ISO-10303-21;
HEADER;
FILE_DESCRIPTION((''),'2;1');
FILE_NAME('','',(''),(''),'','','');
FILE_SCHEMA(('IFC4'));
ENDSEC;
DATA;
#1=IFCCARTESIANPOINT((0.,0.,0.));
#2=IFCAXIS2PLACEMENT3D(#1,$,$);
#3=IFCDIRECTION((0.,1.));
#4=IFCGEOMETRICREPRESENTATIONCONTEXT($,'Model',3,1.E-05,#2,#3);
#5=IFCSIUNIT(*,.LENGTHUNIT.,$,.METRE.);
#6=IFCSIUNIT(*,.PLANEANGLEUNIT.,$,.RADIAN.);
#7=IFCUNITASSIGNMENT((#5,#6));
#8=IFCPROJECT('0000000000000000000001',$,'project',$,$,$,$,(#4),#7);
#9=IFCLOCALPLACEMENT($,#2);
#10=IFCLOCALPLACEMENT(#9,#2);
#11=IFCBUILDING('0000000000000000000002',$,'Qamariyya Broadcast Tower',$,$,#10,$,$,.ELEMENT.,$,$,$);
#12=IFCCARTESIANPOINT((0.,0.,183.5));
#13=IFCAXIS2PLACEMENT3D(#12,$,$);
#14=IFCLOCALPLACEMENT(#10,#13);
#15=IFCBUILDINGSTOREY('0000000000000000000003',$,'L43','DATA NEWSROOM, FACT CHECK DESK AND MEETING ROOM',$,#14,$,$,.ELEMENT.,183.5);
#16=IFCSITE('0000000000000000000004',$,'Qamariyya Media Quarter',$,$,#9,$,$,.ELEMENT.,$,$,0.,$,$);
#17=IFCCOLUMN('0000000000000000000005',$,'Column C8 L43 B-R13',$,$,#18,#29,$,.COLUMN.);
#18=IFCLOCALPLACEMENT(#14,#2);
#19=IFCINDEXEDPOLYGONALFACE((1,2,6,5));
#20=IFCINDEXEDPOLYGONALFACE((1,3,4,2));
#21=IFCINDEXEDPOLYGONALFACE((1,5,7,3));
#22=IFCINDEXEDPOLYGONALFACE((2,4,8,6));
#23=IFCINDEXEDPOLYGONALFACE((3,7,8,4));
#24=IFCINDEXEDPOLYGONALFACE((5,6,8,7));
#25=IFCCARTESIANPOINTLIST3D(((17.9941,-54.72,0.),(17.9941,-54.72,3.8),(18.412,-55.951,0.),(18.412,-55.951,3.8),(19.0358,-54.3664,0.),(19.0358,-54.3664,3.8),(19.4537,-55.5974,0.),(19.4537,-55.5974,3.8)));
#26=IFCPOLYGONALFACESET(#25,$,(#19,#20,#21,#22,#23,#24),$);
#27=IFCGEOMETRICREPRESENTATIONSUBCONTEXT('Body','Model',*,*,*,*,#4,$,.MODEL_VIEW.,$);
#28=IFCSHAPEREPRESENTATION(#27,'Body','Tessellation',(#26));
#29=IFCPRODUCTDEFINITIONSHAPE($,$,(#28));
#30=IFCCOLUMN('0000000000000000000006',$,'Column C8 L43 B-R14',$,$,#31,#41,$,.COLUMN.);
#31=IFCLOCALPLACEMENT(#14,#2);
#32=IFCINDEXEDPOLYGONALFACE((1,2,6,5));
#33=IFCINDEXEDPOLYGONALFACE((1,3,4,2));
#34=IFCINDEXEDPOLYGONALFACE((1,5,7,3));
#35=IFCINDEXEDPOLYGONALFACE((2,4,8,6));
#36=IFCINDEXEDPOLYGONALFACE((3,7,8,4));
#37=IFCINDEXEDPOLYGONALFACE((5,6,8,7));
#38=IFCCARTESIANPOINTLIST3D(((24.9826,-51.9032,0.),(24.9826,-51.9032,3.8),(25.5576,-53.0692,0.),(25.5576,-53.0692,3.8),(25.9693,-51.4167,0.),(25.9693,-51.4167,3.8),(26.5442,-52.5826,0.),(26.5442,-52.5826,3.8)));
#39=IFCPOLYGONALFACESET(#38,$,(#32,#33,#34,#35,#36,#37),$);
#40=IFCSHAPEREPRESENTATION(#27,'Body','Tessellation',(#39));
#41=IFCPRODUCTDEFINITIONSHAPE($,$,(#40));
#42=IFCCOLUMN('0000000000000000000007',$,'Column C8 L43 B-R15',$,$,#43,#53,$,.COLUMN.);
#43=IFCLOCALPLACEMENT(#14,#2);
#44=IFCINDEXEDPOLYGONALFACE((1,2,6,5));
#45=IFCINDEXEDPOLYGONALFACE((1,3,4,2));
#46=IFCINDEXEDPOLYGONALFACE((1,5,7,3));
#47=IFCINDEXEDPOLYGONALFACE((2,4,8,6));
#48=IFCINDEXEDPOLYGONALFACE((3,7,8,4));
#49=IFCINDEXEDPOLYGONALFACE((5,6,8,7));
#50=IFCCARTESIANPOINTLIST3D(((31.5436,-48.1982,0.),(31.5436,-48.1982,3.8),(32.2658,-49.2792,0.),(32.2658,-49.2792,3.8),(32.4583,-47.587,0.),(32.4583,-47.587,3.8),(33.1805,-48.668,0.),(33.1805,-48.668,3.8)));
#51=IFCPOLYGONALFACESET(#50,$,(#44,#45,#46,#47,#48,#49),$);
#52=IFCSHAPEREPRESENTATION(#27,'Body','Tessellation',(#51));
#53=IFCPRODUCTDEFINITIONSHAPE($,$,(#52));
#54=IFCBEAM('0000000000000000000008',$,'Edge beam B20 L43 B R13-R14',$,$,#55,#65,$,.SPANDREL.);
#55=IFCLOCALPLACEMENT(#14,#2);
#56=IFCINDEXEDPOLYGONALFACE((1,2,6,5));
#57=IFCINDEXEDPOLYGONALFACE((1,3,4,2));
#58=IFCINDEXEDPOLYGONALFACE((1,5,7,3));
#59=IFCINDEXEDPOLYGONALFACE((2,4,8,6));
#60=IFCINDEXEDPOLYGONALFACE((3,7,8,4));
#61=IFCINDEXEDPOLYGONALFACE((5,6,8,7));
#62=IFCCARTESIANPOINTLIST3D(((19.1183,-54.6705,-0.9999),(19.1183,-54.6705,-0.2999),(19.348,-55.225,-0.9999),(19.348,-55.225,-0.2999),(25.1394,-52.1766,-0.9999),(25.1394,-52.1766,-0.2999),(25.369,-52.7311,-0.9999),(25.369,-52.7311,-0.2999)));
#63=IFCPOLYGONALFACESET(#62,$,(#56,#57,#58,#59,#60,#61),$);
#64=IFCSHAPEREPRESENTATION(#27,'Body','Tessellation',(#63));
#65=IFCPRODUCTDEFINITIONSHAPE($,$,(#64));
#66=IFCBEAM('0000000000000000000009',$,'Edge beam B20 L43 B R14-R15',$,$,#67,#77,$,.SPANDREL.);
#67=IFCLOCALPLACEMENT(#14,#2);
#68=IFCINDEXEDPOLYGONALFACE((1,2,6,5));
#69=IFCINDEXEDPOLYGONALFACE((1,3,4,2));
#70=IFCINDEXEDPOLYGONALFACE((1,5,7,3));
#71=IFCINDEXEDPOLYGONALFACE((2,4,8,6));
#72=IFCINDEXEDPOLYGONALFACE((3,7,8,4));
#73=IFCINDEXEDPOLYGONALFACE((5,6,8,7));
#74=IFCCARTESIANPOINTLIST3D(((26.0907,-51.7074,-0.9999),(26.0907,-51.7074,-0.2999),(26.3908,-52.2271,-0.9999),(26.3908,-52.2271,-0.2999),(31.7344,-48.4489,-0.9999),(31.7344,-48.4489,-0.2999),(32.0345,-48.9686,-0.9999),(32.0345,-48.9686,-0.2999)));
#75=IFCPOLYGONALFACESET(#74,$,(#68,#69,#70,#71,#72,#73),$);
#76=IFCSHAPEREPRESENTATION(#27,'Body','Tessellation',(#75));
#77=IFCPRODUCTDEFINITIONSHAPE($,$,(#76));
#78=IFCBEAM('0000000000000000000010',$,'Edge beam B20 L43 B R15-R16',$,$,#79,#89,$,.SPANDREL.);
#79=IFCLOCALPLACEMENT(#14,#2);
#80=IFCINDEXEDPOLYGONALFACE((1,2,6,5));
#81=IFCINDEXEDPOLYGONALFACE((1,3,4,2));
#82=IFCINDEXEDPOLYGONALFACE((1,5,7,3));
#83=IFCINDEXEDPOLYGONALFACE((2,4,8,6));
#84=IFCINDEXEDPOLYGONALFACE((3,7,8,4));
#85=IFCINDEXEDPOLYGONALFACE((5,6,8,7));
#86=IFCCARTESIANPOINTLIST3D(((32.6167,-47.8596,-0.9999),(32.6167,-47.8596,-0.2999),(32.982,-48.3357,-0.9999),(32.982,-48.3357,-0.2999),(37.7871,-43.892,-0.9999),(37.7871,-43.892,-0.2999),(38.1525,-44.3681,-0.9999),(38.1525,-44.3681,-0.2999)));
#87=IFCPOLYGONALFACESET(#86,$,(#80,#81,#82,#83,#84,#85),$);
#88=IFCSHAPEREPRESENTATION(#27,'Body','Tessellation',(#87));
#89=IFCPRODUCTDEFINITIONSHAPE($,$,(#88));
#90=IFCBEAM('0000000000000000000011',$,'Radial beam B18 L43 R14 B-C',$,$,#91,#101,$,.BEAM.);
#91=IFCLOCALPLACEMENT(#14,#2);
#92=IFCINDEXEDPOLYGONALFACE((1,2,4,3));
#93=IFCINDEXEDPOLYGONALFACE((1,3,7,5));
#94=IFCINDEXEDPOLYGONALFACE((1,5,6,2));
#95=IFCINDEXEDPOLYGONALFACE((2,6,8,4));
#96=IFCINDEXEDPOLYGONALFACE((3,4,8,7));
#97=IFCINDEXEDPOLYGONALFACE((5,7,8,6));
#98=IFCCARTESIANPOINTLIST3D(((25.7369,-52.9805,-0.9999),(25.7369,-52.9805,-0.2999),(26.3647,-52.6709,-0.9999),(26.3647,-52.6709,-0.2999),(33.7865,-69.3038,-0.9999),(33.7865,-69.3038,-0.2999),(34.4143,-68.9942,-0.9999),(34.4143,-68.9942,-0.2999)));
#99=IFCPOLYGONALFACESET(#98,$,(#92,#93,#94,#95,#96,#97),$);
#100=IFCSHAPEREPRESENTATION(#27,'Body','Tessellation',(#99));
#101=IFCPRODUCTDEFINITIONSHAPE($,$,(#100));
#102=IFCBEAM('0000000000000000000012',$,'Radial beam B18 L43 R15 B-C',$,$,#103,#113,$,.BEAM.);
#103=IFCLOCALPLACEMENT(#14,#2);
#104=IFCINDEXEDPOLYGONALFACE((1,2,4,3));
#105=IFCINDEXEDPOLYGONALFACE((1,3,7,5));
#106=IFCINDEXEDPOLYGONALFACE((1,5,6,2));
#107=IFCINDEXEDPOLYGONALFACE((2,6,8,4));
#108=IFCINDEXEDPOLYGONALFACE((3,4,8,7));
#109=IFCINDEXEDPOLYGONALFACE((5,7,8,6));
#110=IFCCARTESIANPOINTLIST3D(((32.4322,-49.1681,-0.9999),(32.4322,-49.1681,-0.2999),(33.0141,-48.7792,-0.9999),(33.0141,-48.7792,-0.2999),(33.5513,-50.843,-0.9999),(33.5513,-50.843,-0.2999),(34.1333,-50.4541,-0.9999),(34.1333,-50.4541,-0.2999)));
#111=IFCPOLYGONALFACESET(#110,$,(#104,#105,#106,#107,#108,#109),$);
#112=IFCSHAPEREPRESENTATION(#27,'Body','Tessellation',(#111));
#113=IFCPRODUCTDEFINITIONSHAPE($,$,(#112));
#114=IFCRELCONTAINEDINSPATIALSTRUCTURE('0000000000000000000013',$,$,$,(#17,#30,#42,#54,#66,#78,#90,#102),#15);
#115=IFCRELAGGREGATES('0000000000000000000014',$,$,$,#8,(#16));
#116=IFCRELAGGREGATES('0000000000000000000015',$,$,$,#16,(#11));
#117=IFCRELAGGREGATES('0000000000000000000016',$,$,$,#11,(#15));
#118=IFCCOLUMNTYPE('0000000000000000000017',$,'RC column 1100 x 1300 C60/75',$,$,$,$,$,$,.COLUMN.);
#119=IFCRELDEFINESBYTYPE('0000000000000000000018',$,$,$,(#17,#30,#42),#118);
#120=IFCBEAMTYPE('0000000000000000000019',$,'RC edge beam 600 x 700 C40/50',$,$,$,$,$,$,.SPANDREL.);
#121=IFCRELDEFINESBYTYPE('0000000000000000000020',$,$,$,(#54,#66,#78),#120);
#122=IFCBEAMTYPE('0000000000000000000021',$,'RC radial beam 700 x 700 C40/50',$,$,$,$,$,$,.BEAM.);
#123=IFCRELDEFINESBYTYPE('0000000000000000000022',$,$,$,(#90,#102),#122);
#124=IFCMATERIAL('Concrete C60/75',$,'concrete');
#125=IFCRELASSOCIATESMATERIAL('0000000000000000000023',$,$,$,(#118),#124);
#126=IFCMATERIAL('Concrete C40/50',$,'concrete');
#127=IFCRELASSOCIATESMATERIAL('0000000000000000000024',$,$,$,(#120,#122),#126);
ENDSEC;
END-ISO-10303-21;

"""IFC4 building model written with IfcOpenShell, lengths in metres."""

from ifc_helpers import new_model, si_unit, direction, frame, origin, origin_2d, place, context, subcontext, project, spatial, rectangle, extrude, material, material_profile, profile_set, type_object, element, save


model = new_model("IFC4")

# Units and contexts
model_context = context("Model", 3, precision=1e-05, world=origin(), true_north=direction((0.0, 1.0)))
body_context = subcontext(model_context, "Body", "Model", "MODEL_VIEW")
ifc_project = project(units=[si_unit("LENGTHUNIT", "METRE"), si_unit("PLANEANGLEUNIT", "RADIAN")], contexts=[model_context])

# Site, building, storey
site_placement = place(None, origin())
site = spatial("IfcSite", under=ifc_project, at=site_placement, Name="Qamariyya Media Quarter", CompositionType="ELEMENT", RefElevation=0.0)
building_placement = place(site_placement, origin())
building = spatial("IfcBuilding", under=site, at=building_placement, Name="Qamariyya Broadcast Tower", CompositionType="ELEMENT")
storey_placement = place(building_placement, frame((0.0, 0.0, 183.5)))
storey = spatial("IfcBuildingStorey", under=building, at=storey_placement, Name="L43", Description="DATA NEWSROOM, FACT CHECK DESK AND MEETING ROOM", CompositionType="ELEMENT", Elevation=183.5)

# Columns
ifc_material_1 = material(Name="Concrete C60/75", Category="concrete")
ifc_material_profile_1 = material_profile(ifc_material_1, rectangle(XDim=1.1001, YDim=1.3, at=origin_2d()))
ifc_profile_set_1 = profile_set([ifc_material_profile_1], Name="Concrete C60/75")
column_type = type_object("IfcColumnType", Name="RC column 1100 x 1300 C60/75", PredefinedType="COLUMN", material=ifc_profile_set_1)
for number, where, z_axis, x_axis, name in (
    (1, (18.7239, -55.1587, 0.0), (0.0, 0.0, 1.0), (0.94693, 0.321439, 0.0), "Column C8 L43 B-R13"),
    (2, (25.7634, -52.2429, 0.0), (0.0, 0.0, 1.0), (0.896873, 0.442289, 0.0), "Column C8 L43 B-R14"),
    (3, (32.3621, -48.4331, 0.0), (0.0, 0.0, 1.0), (0.83147, 0.55557, 0.0), "Column C8 L43 B-R15"),
):
    element("IfcColumn", number, at=place(storey_placement, frame(where, z_axis=z_axis, x_axis=x_axis)), inside=storey, type_object=column_type, Name=name, PredefinedType="COLUMN", context=body_context, shape_type="SweptSolid", body=[
        extrude(rectangle(XDim=1.1001, YDim=1.3, at=origin_2d()), origin(), (0.0, 0.0, 1.0), 3.8),
    ])

# Beams
ifc_material_2 = material(Name="Concrete C40/50", Category="concrete")
ifc_material_profile_2 = material_profile(ifc_material_2, rectangle(XDim=0.6001, YDim=0.7, at=origin_2d()))
ifc_profile_set_2 = profile_set([ifc_material_profile_2], Name="Concrete C40/50")
beam_type_1 = type_object("IfcBeamType", Name="RC edge beam 600 x 700 C40/50", PredefinedType="SPANDREL", material=ifc_profile_set_2)
beam_1_placement = place(storey_placement, frame((19.2332, -54.9478, -0.6499), z_axis=(0.923884, 0.382673, 0.0), x_axis=(-0.382673, 0.923884, 0.0)))
element("IfcBeam", 4, at=beam_1_placement, inside=storey, type_object=beam_type_1, Name="Edge beam B20 L43 B R13-R14", PredefinedType="SPANDREL", context=body_context, shape_type="SweptSolid", body=[
    extrude(rectangle(XDim=0.6001, YDim=0.7, at=origin_2d()), origin(), (0.0, 0.0, 1.0), 6.5171),
])
beam_2_placement = place(storey_placement, frame((26.2407, -51.9673, -0.6499), z_axis=(0.866019, 0.500011, 0.0), x_axis=(-0.500011, 0.866019, 0.0)))
element("IfcBeam", 5, at=beam_2_placement, inside=storey, type_object=beam_type_1, Name="Edge beam B20 L43 B R14-R15", PredefinedType="SPANDREL", context=body_context, shape_type="SweptSolid", body=[
    extrude(rectangle(XDim=0.6001, YDim=0.7, at=origin_2d()), origin(), (0.0, 0.0, 1.0), 6.5168),
])
beam_3_placement = place(storey_placement, frame((32.7993, -48.0977, -0.6499), z_axis=(0.793343, 0.608774, 0.0), x_axis=(-0.608774, 0.793343, 0.0)))
element("IfcBeam", 6, at=beam_3_placement, inside=storey, type_object=beam_type_1, Name="Edge beam B20 L43 B R15-R16", PredefinedType="SPANDREL", context=body_context, shape_type="SweptSolid", body=[
    extrude(rectangle(XDim=0.6001, YDim=0.7, at=origin_2d()), origin(), (0.0, 0.0, 1.0), 6.5173),
])
ifc_material_profile_3 = material_profile(ifc_material_2, rectangle(XDim=0.7, YDim=0.7, at=origin_2d()))
ifc_profile_set_3 = profile_set([ifc_material_profile_3], Name="Concrete C40/50")
beam_type_2 = type_object("IfcBeamType", Name="RC radial beam 700 x 700 C40/50", PredefinedType="BEAM", material=ifc_profile_set_3)
beam_4_placement = place(storey_placement, frame((26.0508, -52.8257, -0.6499), z_axis=(0.442281, -0.896876, 0.0), x_axis=(0.896876, 0.442281, 0.0)))
element("IfcBeam", 7, at=beam_4_placement, inside=storey, type_object=beam_type_2, Name="Radial beam B18 L43 R14 B-C", PredefinedType="BEAM", context=body_context, shape_type="SweptSolid", body=[
    extrude(rectangle(XDim=0.7, YDim=0.7, at=origin_2d()), origin(), (0.0, 0.0, 1.0), 18.2002),
])
beam_5_placement = place(storey_placement, frame((32.7231, -48.9736, -0.6499), z_axis=(0.555595, -0.831453, 0.0), x_axis=(0.831453, 0.555595, 0.0)))
element("IfcBeam", 8, at=beam_5_placement, inside=storey, type_object=beam_type_2, Name="Radial beam B18 L43 R15 B-C", PredefinedType="BEAM", context=body_context, shape_type="SweptSolid", body=[
    extrude(rectangle(XDim=0.7, YDim=0.7, at=origin_2d()), origin(), (0.0, 0.0, 1.0), 2.0144),
])

save(model, "model.ifc")
